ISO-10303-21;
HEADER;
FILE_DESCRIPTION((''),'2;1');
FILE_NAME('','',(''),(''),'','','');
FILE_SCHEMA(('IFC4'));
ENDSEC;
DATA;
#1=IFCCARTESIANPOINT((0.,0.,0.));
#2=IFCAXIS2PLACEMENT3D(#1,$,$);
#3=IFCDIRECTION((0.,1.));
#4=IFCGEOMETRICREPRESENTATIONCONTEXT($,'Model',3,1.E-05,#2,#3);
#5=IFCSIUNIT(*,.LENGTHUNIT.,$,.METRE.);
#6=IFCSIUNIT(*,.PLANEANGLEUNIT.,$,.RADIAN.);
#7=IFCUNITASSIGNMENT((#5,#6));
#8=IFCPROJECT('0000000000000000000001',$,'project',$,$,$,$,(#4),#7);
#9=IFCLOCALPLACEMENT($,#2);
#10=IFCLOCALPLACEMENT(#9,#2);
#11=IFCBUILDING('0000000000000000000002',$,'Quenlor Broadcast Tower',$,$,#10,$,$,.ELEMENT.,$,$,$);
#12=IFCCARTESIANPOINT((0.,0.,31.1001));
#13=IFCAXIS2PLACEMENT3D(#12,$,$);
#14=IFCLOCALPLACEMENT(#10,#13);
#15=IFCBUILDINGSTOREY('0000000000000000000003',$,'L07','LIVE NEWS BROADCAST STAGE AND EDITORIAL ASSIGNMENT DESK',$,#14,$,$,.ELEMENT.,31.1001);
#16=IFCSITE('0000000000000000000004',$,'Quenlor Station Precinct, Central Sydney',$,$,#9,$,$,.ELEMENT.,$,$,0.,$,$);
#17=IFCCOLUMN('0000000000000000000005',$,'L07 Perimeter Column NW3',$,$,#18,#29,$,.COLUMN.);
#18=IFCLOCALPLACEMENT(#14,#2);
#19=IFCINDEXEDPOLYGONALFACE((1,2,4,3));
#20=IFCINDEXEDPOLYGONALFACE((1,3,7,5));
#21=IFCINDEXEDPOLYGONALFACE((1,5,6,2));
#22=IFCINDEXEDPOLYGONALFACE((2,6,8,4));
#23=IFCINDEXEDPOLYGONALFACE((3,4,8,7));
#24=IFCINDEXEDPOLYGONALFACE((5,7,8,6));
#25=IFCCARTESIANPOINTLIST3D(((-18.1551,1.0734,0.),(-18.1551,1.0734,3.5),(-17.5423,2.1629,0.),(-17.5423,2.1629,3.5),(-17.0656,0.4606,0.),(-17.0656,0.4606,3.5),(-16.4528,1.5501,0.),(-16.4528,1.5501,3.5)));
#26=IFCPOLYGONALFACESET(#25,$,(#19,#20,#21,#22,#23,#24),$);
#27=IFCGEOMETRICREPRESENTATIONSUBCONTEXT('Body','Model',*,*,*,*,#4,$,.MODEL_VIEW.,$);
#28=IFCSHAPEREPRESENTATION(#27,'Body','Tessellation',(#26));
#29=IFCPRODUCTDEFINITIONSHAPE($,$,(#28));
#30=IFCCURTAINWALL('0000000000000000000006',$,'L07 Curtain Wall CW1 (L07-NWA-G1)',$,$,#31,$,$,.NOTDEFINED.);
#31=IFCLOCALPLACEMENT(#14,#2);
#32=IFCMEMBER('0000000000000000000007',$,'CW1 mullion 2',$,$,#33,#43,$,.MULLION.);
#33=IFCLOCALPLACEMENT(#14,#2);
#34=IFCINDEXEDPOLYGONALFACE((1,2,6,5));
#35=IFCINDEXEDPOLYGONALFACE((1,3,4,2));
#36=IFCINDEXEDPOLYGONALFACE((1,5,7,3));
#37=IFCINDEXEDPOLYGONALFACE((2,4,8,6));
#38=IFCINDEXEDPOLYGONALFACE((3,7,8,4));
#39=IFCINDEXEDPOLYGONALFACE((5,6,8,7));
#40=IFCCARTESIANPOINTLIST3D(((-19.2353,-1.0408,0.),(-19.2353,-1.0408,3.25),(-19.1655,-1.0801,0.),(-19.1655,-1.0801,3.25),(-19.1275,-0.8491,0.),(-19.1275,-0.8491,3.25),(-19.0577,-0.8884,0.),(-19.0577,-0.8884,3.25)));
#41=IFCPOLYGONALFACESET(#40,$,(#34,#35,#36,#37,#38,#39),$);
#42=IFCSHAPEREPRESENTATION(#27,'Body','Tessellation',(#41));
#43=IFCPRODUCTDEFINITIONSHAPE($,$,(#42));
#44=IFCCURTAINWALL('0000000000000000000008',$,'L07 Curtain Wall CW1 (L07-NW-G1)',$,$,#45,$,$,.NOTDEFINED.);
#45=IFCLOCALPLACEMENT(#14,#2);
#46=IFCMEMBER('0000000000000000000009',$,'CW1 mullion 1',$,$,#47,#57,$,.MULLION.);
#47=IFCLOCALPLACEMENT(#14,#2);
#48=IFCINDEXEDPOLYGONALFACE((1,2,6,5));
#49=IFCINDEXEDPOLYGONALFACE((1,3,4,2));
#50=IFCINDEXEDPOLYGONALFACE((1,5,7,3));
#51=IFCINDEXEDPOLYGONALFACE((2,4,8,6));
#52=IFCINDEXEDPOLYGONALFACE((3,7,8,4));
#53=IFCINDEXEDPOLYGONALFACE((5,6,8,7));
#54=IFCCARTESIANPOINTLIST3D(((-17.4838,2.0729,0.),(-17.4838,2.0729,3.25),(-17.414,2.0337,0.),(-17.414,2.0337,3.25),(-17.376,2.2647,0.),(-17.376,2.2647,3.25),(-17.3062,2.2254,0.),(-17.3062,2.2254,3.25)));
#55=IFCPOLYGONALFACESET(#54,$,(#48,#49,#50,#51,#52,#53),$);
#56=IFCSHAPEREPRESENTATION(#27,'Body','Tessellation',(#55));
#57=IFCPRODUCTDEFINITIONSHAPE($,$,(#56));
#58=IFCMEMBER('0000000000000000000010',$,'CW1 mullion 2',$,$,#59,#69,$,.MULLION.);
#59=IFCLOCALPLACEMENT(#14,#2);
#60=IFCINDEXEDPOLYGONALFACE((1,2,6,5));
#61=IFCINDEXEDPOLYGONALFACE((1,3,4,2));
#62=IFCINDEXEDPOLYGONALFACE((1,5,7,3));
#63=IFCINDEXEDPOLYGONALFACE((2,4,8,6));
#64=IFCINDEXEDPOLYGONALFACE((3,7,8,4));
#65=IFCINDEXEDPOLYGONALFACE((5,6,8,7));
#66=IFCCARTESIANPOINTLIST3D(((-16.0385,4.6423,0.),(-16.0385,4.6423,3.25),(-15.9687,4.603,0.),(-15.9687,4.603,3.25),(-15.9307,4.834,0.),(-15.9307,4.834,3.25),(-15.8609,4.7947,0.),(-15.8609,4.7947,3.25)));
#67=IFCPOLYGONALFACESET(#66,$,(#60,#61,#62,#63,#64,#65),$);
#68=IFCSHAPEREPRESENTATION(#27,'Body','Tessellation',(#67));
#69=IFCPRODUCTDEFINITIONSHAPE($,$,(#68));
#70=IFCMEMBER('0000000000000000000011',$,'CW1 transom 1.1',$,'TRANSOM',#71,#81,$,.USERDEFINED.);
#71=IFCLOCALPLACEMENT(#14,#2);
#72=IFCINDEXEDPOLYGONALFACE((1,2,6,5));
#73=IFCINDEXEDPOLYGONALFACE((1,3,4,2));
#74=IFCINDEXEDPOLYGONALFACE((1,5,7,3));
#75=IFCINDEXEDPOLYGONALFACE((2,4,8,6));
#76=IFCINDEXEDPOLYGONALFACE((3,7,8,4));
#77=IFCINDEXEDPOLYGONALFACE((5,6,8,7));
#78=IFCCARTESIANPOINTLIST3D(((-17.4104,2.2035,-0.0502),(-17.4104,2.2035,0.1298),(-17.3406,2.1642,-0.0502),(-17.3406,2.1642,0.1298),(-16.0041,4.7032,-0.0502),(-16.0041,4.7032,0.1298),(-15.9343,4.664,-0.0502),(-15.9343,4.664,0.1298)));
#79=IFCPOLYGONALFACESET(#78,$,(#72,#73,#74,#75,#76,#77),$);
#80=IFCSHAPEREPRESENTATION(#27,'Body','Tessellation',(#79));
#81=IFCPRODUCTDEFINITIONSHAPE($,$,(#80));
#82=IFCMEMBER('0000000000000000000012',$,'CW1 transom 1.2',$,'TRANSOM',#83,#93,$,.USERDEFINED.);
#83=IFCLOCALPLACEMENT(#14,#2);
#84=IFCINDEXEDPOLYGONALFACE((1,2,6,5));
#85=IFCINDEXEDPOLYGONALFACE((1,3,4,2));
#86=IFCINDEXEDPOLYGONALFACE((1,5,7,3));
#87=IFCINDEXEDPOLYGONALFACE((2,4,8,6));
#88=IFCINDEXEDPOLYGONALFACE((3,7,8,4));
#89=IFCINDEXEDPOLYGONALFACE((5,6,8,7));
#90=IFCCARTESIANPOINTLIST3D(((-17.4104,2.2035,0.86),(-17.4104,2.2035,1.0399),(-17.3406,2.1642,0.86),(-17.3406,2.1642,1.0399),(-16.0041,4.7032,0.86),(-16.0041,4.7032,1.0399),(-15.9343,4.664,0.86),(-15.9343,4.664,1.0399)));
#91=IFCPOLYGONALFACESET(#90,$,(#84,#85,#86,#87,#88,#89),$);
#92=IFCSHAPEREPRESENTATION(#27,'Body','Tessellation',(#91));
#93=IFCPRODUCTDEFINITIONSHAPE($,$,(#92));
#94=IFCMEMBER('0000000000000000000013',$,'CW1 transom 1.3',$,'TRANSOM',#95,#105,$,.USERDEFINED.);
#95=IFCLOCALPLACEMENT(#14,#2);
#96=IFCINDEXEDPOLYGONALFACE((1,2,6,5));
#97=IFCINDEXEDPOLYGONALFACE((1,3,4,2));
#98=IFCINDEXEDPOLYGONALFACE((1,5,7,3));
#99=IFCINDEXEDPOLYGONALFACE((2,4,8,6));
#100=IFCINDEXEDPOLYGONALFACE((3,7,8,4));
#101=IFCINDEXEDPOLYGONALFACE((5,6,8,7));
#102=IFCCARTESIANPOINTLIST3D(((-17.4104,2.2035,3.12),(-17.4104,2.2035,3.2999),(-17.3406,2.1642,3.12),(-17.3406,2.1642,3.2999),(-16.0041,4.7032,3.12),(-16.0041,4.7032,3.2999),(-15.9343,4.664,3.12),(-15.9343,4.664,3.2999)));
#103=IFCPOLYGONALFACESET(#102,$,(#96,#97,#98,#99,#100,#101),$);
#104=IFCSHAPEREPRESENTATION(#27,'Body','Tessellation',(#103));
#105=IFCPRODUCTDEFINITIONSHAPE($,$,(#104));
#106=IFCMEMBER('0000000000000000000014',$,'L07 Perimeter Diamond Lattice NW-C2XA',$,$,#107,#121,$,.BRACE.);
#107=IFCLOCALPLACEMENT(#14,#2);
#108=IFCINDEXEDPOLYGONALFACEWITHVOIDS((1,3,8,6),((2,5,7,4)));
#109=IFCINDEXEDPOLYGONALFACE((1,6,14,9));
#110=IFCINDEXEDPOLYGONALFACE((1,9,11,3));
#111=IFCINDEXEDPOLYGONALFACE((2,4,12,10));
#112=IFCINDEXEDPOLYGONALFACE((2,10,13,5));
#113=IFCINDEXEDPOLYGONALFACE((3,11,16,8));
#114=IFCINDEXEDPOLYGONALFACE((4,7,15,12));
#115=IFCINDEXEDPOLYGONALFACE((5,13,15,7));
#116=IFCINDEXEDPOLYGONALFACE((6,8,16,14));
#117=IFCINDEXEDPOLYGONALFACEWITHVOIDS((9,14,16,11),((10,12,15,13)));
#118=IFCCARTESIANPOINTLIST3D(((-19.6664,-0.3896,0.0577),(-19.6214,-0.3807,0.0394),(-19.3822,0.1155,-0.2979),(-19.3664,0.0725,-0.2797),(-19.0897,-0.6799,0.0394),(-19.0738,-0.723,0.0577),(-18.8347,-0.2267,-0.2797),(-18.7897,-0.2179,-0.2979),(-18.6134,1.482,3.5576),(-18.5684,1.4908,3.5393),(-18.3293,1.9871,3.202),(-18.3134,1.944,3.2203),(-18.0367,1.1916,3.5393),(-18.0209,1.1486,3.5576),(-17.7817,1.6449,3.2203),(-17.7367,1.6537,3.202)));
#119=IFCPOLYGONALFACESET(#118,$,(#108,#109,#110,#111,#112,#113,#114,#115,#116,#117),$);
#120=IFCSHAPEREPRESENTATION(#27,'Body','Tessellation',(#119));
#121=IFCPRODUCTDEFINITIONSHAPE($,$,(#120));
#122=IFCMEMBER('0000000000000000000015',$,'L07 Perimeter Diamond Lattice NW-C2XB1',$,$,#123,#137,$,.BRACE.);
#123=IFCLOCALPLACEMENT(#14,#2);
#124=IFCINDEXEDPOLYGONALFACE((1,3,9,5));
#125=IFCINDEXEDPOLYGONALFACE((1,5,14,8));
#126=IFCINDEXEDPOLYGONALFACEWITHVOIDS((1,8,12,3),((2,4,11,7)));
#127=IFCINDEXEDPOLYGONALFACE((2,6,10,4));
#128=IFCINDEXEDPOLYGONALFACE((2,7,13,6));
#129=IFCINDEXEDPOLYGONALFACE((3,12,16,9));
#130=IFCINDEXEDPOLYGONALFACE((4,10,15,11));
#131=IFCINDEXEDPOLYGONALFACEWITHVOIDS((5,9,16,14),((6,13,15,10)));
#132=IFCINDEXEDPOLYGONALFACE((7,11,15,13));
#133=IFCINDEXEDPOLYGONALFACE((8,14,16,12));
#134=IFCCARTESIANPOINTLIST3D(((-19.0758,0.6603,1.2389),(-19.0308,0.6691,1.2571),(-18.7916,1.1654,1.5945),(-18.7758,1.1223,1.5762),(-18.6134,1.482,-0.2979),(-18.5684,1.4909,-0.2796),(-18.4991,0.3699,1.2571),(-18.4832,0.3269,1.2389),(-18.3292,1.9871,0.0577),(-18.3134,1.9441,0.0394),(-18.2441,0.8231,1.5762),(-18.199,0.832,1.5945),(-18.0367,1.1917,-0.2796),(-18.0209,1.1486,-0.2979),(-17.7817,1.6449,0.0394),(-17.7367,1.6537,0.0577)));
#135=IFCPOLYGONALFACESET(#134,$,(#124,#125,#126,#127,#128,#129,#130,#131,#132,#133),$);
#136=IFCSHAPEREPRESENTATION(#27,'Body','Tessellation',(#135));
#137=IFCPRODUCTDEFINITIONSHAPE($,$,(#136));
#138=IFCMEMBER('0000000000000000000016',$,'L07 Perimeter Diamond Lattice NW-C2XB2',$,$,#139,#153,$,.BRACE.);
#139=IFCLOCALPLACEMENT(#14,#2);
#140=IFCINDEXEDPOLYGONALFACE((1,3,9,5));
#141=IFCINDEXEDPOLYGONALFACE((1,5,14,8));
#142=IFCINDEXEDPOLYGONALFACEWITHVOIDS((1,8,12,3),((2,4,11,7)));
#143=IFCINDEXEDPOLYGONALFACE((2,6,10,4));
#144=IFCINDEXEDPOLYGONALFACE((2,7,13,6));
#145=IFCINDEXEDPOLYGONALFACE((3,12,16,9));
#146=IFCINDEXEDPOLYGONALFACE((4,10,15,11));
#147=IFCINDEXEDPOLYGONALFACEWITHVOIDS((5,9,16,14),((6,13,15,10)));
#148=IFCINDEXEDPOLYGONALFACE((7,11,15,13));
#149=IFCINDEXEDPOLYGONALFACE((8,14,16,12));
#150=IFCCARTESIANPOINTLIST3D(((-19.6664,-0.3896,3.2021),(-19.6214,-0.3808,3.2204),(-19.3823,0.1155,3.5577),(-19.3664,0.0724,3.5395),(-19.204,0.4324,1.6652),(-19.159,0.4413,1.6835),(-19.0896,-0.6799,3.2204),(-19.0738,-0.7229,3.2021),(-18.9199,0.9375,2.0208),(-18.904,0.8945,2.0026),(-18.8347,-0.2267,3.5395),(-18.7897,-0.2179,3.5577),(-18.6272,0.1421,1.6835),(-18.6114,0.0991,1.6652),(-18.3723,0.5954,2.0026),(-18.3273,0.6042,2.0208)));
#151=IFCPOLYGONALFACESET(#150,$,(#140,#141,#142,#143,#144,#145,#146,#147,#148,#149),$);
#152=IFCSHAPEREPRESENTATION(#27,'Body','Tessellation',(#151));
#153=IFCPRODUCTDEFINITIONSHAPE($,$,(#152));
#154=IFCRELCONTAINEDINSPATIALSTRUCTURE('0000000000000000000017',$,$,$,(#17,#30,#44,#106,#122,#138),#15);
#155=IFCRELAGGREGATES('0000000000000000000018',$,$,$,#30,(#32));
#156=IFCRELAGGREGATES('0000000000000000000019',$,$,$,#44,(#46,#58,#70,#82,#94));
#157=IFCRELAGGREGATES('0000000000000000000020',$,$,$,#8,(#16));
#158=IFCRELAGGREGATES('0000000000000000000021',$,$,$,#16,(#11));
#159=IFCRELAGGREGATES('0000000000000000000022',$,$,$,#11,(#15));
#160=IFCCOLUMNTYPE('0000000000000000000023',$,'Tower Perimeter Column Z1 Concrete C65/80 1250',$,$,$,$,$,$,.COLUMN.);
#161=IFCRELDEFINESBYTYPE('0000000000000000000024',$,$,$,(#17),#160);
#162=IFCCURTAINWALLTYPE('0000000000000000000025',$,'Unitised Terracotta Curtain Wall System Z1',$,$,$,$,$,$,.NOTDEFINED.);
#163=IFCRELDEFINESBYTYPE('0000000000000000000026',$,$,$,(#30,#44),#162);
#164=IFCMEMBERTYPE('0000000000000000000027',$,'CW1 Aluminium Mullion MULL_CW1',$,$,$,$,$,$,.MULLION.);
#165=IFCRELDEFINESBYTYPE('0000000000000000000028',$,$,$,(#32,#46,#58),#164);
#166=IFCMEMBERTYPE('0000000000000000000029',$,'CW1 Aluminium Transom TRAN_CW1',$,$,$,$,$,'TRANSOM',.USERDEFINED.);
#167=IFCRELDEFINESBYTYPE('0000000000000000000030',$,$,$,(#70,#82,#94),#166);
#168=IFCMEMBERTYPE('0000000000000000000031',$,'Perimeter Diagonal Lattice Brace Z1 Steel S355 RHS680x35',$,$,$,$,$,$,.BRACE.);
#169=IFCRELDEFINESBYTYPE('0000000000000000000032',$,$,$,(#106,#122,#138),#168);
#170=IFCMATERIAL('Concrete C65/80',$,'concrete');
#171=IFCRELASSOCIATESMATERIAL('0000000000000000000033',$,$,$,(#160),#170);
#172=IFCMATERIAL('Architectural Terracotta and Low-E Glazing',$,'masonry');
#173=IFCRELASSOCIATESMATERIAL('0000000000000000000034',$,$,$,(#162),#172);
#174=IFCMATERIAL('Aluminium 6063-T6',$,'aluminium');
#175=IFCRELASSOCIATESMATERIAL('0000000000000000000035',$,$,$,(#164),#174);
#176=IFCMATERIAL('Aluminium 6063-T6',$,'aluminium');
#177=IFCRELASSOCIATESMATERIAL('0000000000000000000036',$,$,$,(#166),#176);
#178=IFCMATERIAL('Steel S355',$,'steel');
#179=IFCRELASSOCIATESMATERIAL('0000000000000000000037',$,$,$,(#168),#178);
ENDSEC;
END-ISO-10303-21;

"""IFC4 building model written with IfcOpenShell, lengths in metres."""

from ifc_helpers import new_model, si_unit, direction, frame, origin, origin_2d, place, context, subcontext, project, spatial, rectangle, hollow_rectangle, extrude, material, material_profile, profile_set, type_object, element, aggregate, save


model = new_model("IFC4")

# Units and contexts
model_context = context("Model", 3, precision=1e-05, world=origin(), true_north=direction((0.0, 1.0)))
body_context = subcontext(model_context, "Body", "Model", "MODEL_VIEW")
ifc_project = project(units=[si_unit("LENGTHUNIT", "METRE"), si_unit("PLANEANGLEUNIT", "RADIAN")], contexts=[model_context])

# Site, building, storey
site_placement = place(None, origin())
site = spatial("IfcSite", under=ifc_project, at=site_placement, Name="Quenlor Station Precinct, Central Sydney", CompositionType="ELEMENT", RefElevation=0.0)
building_placement = place(site_placement, origin())
building = spatial("IfcBuilding", under=site, at=building_placement, Name="Quenlor Broadcast Tower", CompositionType="ELEMENT")
storey_placement = place(building_placement, frame((0.0, 0.0, 31.1001)))
storey = spatial("IfcBuildingStorey", under=building, at=storey_placement, Name="L07", Description="LIVE NEWS BROADCAST STAGE AND EDITORIAL ASSIGNMENT DESK", CompositionType="ELEMENT", Elevation=31.1001)

# Column
ifc_material_1 = material(Name="Concrete C65/80", Category="concrete")
ifc_material_profile_1 = material_profile(ifc_material_1, rectangle(XDim=1.25, YDim=1.25, at=origin_2d()))
ifc_profile_set_1 = profile_set([ifc_material_profile_1], Name="Concrete C65/80 RC1250x1250")
column_type = type_object("IfcColumnType", Name="Tower Perimeter Column Z1 Concrete C65/80 1250", PredefinedType="COLUMN", material=ifc_profile_set_1)
column_placement = place(storey_placement, frame((-17.304, 1.3118, 0.0), z_axis=(0.0, 0.0, 1.0), x_axis=(-0.871575, 0.490262, 0.0)))
element("IfcColumn", 1, at=column_placement, inside=storey, type_object=column_type, Name="L07 Perimeter Column NW3", PredefinedType="COLUMN", context=body_context, shape_type="SweptSolid", body=[
    extrude(rectangle(XDim=1.25, YDim=1.25, at=origin_2d()), origin(), (0.0, 0.0, 1.0), 3.5),
])

# Curtain wall, member
ifc_material_2 = material(Name="Architectural Terracotta and Low-E Glazing", Category="masonry")
curtain_wall_type = type_object("IfcCurtainWallType", Name="Unitised Terracotta Curtain Wall System Z1", PredefinedType="NOTDEFINED", material=ifc_material_2)
curtain_wall_1_placement = place(storey_placement, origin())
curtain_wall_1 = element("IfcCurtainWall", 2, at=curtain_wall_1_placement, inside=storey, type_object=curtain_wall_type, Name="L07 Curtain Wall CW1 (L07-NWA-G1)", PredefinedType="NOTDEFINED")
ifc_material_3 = material(Name="Aluminium 6063-T6", Category="aluminium")
ifc_material_profile_2 = material_profile(ifc_material_3, rectangle(XDim=0.0801, YDim=0.22, at=origin_2d()))
ifc_profile_set_2 = profile_set([ifc_material_profile_2], Name="Aluminium 6063-T6 MULL80x220")
member_type_1 = type_object("IfcMemberType", Name="CW1 Aluminium Mullion MULL_CW1", PredefinedType="MULLION", material=ifc_profile_set_2)
member_1_placement = place(storey_placement, frame((-19.1465, -0.9646, 0.0), z_axis=(0.0, 0.0, 1.0), x_axis=(-0.871578, 0.490257, 0.0)))
member_1 = element("IfcMember", 3, at=member_1_placement, type_object=member_type_1, Name="CW1 mullion 2", PredefinedType="MULLION", context=body_context, shape_type="SweptSolid", body=[
    extrude(rectangle(XDim=0.0801, YDim=0.22, at=origin_2d()), origin(), (0.0, 0.0, 1.0), 3.25),
])

# Curtain wall, members
curtain_wall_2_placement = place(storey_placement, origin())
curtain_wall_2 = element("IfcCurtainWall", 4, at=curtain_wall_2_placement, inside=storey, type_object=curtain_wall_type, Name="L07 Curtain Wall CW1 (L07-NW-G1)", PredefinedType="NOTDEFINED")
member_2_placement = place(storey_placement, frame((-17.395, 2.1492, 0.0), z_axis=(0.0, 0.0, 1.0), x_axis=(-0.871568, 0.490274, 0.0)))
member_2 = element("IfcMember", 5, at=member_2_placement, type_object=member_type_1, Name="CW1 mullion 1", PredefinedType="MULLION", context=body_context, shape_type="SweptSolid", body=[
    extrude(rectangle(XDim=0.0801, YDim=0.22, at=origin_2d()), origin(), (0.0, 0.0, 1.0), 3.25),
])
member_3_placement = place(storey_placement, frame((-15.9497, 4.7185, 0.0), z_axis=(0.0, 0.0, 1.0), x_axis=(-0.871568, 0.490274, 0.0)))
member_3 = element("IfcMember", 6, at=member_3_placement, type_object=member_type_1, Name="CW1 mullion 2", PredefinedType="MULLION", context=body_context, shape_type="SweptSolid", body=[
    extrude(rectangle(XDim=0.0801, YDim=0.22, at=origin_2d()), origin(), (0.0, 0.0, 1.0), 3.25),
])
ifc_material_4 = material(Name="Aluminium 6063-T6", Category="aluminium")
ifc_material_profile_3 = material_profile(ifc_material_4, rectangle(XDim=0.0801, YDim=0.1799, at=origin_2d()))
ifc_profile_set_3 = profile_set([ifc_material_profile_3], Name="Aluminium 6063-T6 TRAN80x180")
member_type_2 = type_object("IfcMemberType", Name="CW1 Aluminium Transom TRAN_CW1", ElementType="TRANSOM", PredefinedType="USERDEFINED", material=ifc_profile_set_3)
member_4_placement = place(storey_placement, frame((-17.3755, 2.1838, 0.0398), z_axis=(0.490298, 0.871555, 0.0), x_axis=(-0.871555, 0.490298, 0.0)))
member_4 = element("IfcMember", 7, at=member_4_placement, type_object=member_type_2, Name="CW1 transom 1.1", ObjectType="TRANSOM", PredefinedType="USERDEFINED", context=body_context, shape_type="SweptSolid", body=[
    extrude(rectangle(XDim=0.0801, YDim=0.1799, at=origin_2d()), origin(), (0.0, 0.0, 1.0), 2.8682),
])
member_5_placement = place(storey_placement, frame((-17.3755, 2.1838, 0.95), z_axis=(0.490298, 0.871555, 0.0), x_axis=(-0.871555, 0.490298, 0.0)))
member_5 = element("IfcMember", 8, at=member_5_placement, type_object=member_type_2, Name="CW1 transom 1.2", ObjectType="TRANSOM", PredefinedType="USERDEFINED", context=body_context, shape_type="SweptSolid", body=[
    extrude(rectangle(XDim=0.0801, YDim=0.1799, at=origin_2d()), origin(), (0.0, 0.0, 1.0), 2.8682),
])
member_6_placement = place(storey_placement, frame((-17.3755, 2.1838, 3.21), z_axis=(0.490298, 0.871555, 0.0), x_axis=(-0.871555, 0.490298, 0.0)))
member_6 = element("IfcMember", 9, at=member_6_placement, type_object=member_type_2, Name="CW1 transom 1.3", ObjectType="TRANSOM", PredefinedType="USERDEFINED", context=body_context, shape_type="SweptSolid", body=[
    extrude(rectangle(XDim=0.0801, YDim=0.1799, at=origin_2d()), origin(), (0.0, 0.0, 1.0), 2.8682),
])

# Members
ifc_material_5 = material(Name="Steel S355", Category="steel")
ifc_material_profile_4 = material_profile(ifc_material_5, hollow_rectangle(XDim=0.6799, YDim=0.6799, WallThickness=0.0349, at=origin_2d()))
ifc_profile_set_4 = profile_set([ifc_material_profile_4], Name="Steel S355 RHS680x680x35")
member_type_3 = type_object("IfcMemberType", Name="Perimeter Diagonal Lattice Brace Z1 Steel S355 RHS680x35", PredefinedType="BRACE", material=ifc_profile_set_4)
member_7_placement = place(storey_placement, frame((-19.228, -0.3037, -0.1201), z_axis=(0.256431, 0.455785, 0.852352), x_axis=(-0.871533, 0.490337, 0.0)))
element("IfcMember", 10, at=member_7_placement, inside=storey, type_object=member_type_3, Name="L07 Perimeter Diamond Lattice NW-C2XA", PredefinedType="BRACE", context=body_context, shape_type="SweptSolid", body=[
    extrude(hollow_rectangle(XDim=0.6799, YDim=0.6799, WallThickness=0.0349, at=origin_2d()), origin(), (0.0, 0.0, 1.0), 4.1062),
])
member_8_placement = place(storey_placement, frame((-18.175, 1.5679, -0.1201), z_axis=(-0.256452, -0.455764, 0.852357), x_axis=(0.871506, -0.490384, 0.0)))
element("IfcMember", 11, at=member_8_placement, inside=storey, type_object=member_type_3, Name="L07 Perimeter Diamond Lattice NW-C2XB1", PredefinedType="BRACE", context=body_context, shape_type="SweptSolid", body=[
    extrude(hollow_rectangle(XDim=0.6799, YDim=0.6799, WallThickness=0.0349, at=origin_2d()), origin(), (0.0, 0.0, 1.0), 1.803),
])
member_9_placement = place(storey_placement, frame((-18.7656, 0.5183, 1.843), z_axis=(-0.256436, -0.455871, 0.852304), x_axis=(0.871569, -0.490274, 0.0)))
element("IfcMember", 12, at=member_9_placement, inside=storey, type_object=member_type_3, Name="L07 Perimeter Diamond Lattice NW-C2XB2", PredefinedType="BRACE", context=body_context, shape_type="SweptSolid", body=[
    extrude(hollow_rectangle(XDim=0.6799, YDim=0.6799, WallThickness=0.0349, at=origin_2d()), origin(), (0.0, 0.0, 1.0), 1.8032),
])

aggregate(curtain_wall_1, [member_1])
aggregate(curtain_wall_2, [member_2, member_3, member_4, member_5, member_6])

save(model, "model.ifc")
